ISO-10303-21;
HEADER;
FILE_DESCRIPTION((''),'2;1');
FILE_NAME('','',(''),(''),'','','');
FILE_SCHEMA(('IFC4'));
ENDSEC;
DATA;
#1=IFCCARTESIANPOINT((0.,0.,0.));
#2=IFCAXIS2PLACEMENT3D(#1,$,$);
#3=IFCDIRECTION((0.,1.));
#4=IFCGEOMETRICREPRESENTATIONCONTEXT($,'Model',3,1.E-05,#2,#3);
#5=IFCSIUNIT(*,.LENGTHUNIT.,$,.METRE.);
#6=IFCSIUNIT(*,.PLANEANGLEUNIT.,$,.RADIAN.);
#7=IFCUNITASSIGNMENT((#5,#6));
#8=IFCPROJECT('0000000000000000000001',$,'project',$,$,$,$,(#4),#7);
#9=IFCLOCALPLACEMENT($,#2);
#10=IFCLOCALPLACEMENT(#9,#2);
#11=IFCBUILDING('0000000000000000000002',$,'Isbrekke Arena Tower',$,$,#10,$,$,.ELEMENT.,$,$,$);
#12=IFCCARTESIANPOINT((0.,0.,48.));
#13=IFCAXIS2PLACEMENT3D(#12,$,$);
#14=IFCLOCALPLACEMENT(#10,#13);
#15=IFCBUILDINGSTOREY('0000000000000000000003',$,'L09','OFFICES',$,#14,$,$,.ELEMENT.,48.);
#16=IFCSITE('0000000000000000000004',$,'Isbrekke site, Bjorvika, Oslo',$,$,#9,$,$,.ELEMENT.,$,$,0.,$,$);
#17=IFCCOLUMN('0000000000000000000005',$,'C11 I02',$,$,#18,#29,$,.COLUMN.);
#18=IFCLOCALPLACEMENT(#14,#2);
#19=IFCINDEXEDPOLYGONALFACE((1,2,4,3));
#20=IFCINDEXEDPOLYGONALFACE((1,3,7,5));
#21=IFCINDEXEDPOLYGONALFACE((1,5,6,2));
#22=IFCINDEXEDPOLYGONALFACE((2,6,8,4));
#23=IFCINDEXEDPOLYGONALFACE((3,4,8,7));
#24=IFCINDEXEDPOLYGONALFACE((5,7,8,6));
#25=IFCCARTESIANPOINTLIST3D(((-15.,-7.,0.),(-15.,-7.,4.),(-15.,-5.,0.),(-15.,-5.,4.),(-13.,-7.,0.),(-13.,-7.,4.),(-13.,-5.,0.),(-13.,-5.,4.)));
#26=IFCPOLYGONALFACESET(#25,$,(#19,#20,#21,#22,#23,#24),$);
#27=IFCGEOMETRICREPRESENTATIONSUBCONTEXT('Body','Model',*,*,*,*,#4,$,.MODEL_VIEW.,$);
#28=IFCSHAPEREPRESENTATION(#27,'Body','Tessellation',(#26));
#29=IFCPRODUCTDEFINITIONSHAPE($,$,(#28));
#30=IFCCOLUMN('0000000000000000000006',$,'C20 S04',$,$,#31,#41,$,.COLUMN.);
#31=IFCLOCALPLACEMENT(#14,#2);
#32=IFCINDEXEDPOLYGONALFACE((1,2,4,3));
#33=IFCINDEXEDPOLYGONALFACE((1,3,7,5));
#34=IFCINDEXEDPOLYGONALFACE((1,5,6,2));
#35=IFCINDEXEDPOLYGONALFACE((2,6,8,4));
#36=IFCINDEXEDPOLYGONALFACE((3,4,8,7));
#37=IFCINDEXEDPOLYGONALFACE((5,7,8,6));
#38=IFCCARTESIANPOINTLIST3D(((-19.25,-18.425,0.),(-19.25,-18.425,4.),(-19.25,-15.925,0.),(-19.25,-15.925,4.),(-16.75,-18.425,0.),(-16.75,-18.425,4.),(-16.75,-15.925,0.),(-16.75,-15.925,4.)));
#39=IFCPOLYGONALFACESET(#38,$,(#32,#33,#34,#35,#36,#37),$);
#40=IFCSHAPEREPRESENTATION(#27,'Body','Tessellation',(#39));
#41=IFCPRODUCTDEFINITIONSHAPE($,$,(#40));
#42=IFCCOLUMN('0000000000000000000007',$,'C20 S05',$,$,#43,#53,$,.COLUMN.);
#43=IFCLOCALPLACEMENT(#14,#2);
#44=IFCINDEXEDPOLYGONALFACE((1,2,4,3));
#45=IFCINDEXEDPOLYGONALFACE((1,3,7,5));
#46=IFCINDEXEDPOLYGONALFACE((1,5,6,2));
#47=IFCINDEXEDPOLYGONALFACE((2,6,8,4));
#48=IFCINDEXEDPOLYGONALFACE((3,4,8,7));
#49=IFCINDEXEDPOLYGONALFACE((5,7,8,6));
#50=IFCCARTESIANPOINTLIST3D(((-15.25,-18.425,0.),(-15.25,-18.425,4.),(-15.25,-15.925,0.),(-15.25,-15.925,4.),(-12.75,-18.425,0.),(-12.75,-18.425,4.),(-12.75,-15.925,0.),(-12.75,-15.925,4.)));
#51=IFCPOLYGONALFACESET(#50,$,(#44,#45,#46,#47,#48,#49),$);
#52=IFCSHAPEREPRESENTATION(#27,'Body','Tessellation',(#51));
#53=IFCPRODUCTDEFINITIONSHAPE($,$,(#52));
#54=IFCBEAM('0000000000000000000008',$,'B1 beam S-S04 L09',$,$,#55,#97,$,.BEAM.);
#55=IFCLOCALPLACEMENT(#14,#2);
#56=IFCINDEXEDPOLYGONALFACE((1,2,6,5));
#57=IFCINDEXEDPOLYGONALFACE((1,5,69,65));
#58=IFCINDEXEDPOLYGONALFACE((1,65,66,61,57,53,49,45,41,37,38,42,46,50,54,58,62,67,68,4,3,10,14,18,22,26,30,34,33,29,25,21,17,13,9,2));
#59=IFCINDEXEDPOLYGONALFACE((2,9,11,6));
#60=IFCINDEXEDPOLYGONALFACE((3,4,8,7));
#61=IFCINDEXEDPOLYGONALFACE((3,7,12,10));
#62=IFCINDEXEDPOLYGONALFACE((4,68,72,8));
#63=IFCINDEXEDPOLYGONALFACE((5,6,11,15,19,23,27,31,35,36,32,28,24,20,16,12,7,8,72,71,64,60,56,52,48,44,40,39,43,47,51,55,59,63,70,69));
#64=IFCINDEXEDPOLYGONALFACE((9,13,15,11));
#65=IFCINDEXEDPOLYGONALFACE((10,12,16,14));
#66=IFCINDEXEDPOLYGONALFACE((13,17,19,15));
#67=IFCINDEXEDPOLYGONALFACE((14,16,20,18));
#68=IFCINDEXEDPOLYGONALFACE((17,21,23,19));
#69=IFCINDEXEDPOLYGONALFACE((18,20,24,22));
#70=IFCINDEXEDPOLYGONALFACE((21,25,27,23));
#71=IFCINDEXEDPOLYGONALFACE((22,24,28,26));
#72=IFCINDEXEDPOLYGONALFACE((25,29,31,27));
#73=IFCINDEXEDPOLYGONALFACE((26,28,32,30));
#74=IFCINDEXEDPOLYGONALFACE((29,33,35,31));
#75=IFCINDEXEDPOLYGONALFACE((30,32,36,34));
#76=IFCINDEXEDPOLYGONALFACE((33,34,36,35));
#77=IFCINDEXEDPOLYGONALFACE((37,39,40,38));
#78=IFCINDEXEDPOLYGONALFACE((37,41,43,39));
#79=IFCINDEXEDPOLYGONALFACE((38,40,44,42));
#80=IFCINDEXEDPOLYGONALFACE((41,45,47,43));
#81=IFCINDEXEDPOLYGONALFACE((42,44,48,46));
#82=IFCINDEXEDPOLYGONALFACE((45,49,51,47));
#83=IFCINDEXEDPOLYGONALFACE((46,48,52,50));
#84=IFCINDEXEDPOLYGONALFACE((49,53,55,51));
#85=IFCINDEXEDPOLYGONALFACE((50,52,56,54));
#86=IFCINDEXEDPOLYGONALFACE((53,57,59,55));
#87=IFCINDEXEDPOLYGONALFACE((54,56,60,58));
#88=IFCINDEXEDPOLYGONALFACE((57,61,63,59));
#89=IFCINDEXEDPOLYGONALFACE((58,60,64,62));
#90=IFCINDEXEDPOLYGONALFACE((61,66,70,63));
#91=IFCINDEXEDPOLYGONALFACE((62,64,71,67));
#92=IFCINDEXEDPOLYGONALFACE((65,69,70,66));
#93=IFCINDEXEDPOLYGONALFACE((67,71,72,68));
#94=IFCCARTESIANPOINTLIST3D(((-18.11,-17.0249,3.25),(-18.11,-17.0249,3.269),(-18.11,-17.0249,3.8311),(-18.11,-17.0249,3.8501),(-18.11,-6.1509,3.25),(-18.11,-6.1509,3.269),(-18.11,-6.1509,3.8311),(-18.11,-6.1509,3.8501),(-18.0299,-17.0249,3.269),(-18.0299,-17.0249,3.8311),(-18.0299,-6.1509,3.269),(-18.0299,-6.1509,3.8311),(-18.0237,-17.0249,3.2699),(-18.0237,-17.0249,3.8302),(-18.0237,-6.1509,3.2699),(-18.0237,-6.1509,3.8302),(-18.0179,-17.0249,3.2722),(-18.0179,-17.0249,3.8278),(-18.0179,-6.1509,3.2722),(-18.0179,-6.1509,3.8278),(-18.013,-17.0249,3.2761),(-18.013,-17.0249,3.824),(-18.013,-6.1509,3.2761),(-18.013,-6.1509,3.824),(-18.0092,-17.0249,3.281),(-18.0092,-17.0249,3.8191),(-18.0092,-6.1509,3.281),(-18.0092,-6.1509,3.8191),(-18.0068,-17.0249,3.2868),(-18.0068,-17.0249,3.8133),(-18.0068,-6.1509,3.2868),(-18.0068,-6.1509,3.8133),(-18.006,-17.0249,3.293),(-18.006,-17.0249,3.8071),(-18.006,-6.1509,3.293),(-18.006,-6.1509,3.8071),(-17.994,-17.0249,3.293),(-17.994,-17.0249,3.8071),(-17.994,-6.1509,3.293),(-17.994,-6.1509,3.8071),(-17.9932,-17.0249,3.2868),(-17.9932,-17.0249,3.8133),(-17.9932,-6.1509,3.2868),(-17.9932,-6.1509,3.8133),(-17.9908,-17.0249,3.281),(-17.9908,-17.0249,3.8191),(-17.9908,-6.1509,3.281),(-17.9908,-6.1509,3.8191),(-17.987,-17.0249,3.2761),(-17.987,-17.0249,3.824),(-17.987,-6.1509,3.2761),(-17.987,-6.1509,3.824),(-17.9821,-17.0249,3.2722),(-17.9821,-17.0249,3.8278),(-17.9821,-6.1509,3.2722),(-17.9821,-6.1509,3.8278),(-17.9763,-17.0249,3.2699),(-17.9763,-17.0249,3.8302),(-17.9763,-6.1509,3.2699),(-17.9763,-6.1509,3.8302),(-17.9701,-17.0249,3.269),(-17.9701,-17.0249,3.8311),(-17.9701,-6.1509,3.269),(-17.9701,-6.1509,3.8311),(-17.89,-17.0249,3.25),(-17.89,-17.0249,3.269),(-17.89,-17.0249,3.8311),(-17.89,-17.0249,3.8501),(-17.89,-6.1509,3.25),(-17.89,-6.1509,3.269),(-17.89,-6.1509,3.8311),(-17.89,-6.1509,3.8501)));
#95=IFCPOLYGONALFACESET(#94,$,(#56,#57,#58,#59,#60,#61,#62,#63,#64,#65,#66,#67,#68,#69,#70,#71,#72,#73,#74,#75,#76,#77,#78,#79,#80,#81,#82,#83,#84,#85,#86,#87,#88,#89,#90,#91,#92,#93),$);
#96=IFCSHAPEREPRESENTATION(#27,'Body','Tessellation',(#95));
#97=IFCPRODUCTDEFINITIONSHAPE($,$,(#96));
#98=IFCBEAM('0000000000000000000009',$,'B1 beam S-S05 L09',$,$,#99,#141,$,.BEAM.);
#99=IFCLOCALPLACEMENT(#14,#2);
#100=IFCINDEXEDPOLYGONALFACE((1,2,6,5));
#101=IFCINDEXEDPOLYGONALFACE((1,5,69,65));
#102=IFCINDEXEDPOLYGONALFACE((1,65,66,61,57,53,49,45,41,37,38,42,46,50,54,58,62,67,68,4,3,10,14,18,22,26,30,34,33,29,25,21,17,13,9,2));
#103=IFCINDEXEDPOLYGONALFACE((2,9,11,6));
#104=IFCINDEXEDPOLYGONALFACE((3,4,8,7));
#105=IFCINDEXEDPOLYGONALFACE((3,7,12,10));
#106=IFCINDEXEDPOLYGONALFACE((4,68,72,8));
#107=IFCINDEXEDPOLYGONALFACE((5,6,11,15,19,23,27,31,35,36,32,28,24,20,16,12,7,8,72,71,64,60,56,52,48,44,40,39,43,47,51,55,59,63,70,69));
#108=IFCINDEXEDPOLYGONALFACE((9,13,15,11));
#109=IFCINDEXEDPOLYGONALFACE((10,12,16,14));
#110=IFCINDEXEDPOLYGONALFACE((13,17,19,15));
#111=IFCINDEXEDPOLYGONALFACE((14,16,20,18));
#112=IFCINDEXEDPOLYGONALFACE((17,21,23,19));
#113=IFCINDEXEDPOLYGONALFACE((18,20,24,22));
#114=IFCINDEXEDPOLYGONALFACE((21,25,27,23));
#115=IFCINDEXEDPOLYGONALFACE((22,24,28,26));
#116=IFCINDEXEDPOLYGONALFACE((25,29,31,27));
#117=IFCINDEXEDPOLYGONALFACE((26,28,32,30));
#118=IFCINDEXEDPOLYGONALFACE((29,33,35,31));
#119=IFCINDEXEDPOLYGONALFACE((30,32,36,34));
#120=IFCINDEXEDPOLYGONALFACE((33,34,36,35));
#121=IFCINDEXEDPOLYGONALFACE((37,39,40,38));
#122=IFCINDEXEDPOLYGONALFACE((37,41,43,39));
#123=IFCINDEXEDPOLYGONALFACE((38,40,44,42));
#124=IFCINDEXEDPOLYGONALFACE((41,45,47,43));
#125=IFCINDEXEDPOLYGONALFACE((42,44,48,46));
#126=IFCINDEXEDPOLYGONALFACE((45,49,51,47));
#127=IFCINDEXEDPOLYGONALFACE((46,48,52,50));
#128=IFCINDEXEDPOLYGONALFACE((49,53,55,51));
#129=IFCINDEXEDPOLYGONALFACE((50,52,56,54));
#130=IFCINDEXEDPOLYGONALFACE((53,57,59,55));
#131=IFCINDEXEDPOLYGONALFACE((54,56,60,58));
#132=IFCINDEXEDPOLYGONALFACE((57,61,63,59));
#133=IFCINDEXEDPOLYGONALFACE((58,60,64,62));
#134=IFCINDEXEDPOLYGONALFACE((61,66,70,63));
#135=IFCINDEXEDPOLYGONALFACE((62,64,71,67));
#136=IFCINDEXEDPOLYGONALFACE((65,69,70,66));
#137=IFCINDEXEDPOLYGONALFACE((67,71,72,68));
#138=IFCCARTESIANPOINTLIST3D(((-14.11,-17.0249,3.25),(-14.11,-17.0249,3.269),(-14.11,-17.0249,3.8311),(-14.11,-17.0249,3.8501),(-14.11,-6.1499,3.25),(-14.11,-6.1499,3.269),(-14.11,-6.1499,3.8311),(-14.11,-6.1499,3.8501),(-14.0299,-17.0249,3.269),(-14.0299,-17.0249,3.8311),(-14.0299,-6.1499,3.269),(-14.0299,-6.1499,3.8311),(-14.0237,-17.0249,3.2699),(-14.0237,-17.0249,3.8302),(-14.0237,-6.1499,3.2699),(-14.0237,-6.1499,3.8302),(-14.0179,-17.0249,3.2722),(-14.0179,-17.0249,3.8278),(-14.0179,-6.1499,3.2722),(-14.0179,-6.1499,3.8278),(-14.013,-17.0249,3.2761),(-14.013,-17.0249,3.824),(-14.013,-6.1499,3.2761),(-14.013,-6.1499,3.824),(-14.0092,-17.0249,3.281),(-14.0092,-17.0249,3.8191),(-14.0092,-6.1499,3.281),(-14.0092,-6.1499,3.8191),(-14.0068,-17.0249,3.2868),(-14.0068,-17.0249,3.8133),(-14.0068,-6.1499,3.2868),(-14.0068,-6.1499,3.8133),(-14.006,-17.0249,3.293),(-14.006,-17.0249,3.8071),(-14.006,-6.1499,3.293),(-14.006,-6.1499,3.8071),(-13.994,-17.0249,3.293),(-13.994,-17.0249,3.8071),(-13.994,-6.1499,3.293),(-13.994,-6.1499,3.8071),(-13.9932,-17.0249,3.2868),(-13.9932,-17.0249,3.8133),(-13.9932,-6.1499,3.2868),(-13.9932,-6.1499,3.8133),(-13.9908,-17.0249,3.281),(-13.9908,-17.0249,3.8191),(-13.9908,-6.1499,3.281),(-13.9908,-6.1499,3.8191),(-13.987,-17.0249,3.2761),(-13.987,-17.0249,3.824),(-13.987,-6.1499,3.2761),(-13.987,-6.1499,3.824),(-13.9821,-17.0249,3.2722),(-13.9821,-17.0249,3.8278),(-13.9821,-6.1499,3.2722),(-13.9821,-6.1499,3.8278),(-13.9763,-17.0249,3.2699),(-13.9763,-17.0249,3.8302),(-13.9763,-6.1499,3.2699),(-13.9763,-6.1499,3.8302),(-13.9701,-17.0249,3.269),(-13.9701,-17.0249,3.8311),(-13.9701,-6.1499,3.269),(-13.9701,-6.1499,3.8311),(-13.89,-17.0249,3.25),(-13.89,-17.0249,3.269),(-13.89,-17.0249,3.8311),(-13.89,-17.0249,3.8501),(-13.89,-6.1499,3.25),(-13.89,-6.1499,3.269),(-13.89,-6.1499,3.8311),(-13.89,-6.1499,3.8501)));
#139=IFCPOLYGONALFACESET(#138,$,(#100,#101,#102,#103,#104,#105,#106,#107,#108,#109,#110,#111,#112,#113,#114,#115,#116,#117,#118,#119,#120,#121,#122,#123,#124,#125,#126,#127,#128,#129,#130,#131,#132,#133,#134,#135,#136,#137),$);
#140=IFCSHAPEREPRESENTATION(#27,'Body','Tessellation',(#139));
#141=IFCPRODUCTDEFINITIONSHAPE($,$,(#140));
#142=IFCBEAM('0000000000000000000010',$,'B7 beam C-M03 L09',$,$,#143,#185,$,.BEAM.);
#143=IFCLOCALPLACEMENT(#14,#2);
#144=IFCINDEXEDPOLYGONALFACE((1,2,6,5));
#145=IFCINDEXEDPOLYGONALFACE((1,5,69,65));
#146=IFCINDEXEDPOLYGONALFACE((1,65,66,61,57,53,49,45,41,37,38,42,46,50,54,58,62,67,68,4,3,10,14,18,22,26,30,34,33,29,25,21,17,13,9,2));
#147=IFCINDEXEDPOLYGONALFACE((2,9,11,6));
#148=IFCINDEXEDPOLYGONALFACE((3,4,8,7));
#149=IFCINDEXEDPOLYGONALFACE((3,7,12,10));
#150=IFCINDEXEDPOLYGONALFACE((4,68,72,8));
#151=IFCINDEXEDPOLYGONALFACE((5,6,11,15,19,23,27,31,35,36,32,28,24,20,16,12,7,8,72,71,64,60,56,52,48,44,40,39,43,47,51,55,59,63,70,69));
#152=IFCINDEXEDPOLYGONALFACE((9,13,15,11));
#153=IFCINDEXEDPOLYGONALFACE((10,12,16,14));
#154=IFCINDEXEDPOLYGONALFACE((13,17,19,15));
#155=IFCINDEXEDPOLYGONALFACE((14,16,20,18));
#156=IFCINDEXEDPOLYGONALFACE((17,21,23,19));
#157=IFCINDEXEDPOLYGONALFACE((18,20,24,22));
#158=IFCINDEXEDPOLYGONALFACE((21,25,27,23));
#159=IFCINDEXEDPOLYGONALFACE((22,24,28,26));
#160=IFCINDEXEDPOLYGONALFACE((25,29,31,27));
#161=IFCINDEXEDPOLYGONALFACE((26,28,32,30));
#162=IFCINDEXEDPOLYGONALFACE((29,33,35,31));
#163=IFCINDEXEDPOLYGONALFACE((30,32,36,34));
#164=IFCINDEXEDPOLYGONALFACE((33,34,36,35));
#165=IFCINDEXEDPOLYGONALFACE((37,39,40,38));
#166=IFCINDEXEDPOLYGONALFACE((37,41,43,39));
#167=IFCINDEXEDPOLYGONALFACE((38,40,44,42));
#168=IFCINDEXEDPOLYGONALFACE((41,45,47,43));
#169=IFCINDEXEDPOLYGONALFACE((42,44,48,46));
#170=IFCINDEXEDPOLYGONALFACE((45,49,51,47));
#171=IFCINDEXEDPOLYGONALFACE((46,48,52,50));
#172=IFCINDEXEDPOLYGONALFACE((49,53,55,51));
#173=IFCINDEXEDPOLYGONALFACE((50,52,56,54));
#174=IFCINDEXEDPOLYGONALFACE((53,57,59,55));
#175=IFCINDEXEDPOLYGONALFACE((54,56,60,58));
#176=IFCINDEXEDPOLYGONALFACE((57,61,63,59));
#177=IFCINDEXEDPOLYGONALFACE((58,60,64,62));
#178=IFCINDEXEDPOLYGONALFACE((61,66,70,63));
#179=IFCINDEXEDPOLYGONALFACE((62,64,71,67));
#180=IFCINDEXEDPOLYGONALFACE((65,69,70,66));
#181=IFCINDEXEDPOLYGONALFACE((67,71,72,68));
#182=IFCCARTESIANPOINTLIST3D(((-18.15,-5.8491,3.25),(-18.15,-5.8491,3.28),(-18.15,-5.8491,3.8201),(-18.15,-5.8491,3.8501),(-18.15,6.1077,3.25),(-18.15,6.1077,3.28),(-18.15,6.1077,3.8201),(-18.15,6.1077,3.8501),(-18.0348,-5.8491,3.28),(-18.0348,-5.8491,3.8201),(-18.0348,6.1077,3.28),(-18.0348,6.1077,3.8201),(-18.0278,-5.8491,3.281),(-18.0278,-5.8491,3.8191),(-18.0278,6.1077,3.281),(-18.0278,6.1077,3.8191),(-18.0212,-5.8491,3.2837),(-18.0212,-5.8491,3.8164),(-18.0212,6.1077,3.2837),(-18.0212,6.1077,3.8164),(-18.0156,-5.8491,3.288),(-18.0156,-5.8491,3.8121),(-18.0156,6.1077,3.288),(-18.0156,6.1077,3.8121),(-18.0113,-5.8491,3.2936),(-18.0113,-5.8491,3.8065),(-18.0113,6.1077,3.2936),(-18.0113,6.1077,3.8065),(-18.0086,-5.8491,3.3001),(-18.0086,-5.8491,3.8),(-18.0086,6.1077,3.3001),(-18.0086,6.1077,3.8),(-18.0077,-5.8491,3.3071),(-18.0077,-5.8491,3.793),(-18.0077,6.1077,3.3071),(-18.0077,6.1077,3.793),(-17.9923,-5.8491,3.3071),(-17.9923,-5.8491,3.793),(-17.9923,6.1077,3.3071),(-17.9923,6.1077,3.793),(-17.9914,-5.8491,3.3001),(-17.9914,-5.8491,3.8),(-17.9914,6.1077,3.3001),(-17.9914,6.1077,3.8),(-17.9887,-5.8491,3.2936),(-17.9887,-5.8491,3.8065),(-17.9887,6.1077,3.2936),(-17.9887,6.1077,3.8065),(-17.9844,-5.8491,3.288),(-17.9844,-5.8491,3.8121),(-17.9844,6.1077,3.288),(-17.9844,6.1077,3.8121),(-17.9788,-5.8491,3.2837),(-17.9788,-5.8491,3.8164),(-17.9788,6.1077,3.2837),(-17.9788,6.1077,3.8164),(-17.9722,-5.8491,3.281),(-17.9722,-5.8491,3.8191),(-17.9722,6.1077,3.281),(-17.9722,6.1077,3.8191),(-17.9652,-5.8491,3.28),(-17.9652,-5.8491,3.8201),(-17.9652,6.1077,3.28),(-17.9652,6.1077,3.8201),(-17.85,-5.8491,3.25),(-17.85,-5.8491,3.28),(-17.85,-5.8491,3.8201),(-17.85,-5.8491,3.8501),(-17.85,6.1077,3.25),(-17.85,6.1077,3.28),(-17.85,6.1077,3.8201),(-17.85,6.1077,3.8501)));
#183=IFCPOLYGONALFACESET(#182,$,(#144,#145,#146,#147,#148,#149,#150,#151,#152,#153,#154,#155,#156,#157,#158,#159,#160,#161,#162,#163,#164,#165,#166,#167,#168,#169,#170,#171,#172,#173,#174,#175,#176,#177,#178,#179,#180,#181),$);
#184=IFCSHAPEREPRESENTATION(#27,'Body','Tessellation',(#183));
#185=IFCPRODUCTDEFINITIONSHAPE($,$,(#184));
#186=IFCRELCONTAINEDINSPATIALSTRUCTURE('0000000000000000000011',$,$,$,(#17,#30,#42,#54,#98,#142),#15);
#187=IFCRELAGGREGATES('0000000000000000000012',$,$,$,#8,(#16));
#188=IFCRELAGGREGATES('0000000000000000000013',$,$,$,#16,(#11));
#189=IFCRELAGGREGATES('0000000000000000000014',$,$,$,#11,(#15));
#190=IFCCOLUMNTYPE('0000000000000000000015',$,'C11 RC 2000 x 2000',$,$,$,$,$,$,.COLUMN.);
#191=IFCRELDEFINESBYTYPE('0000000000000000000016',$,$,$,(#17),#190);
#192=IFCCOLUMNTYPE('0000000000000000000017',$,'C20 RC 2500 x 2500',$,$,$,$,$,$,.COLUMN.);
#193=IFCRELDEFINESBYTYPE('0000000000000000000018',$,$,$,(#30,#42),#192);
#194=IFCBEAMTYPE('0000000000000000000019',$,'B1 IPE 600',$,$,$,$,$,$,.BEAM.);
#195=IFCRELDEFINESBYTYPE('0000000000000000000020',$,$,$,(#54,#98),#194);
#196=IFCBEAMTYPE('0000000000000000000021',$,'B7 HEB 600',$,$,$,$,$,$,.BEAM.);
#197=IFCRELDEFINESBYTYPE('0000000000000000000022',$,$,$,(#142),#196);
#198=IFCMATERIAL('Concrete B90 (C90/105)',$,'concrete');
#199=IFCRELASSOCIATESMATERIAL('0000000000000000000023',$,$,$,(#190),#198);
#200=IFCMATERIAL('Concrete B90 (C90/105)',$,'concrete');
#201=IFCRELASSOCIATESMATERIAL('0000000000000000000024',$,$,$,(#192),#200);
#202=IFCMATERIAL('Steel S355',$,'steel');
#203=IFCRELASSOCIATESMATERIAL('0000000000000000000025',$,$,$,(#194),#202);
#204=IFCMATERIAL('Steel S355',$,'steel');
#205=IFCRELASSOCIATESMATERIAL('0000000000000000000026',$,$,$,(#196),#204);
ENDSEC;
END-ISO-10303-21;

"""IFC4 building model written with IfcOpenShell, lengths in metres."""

from ifc_helpers import new_model, si_unit, direction, frame, origin, origin_2d, place, context, subcontext, project, spatial, rectangle, i_section, extrude, material, material_profile, profile_set, type_object, element, save


model = new_model("IFC4")

# Units and contexts
model_context = context("Model", 3, precision=1e-05, world=origin(), true_north=direction((0.0, 1.0)))
body_context = subcontext(model_context, "Body", "Model", "MODEL_VIEW")
ifc_project = project(units=[si_unit("LENGTHUNIT", "METRE"), si_unit("PLANEANGLEUNIT", "RADIAN")], contexts=[model_context])

# Site, building, storey
site_placement = place(None, origin())
site = spatial("IfcSite", under=ifc_project, at=site_placement, Name="Isbrekke site, Bjorvika, Oslo", CompositionType="ELEMENT", RefElevation=0.0)
building_placement = place(site_placement, origin())
building = spatial("IfcBuilding", under=site, at=building_placement, Name="Isbrekke Arena Tower", CompositionType="ELEMENT")
storey_placement = place(building_placement, frame((0.0, 0.0, 48.0)))
storey = spatial("IfcBuildingStorey", under=building, at=storey_placement, Name="L09", Description="OFFICES", CompositionType="ELEMENT", Elevation=48.0)

# Columns
ifc_material_1 = material(Name="Concrete B90 (C90/105)", Category="concrete")
ifc_material_profile_1 = material_profile(ifc_material_1, rectangle(XDim=2.0, YDim=2.0, at=origin_2d()), Name="RC 2000x2000")
ifc_profile_set_1 = profile_set([ifc_material_profile_1], Name="Concrete B90 (C90/105)")
column_type_1 = type_object("IfcColumnType", Name="C11 RC 2000 x 2000", PredefinedType="COLUMN", material=ifc_profile_set_1)
column_placement = place(storey_placement, frame((-14.0, -6.0, 0.0), z_axis=(0.0, 0.0, 1.0), x_axis=(1.0, 0.0, 0.0)))
element("IfcColumn", 1, at=column_placement, inside=storey, type_object=column_type_1, Name="C11 I02", PredefinedType="COLUMN", context=body_context, shape_type="SweptSolid", body=[
    extrude(rectangle(XDim=2.0, YDim=2.0, at=origin_2d()), origin(), (0.0, 0.0, 1.0), 4.0),
])
ifc_material_2 = material(Name="Concrete B90 (C90/105)", Category="concrete")
ifc_material_profile_2 = material_profile(ifc_material_2, rectangle(XDim=2.5, YDim=2.5, at=origin_2d()), Name="RC 2500x2500")
ifc_profile_set_2 = profile_set([ifc_material_profile_2], Name="Concrete B90 (C90/105)")
column_type_2 = type_object("IfcColumnType", Name="C20 RC 2500 x 2500", PredefinedType="COLUMN", material=ifc_profile_set_2)
for number, where, z_axis, x_axis, name in (
    (2, (-18.0, -17.175, 0.0), (0.0, 0.0, 1.0), (1.0, 0.0, 0.0), "C20 S04"),
    (3, (-14.0, -17.175, 0.0), (0.0, 0.0, 1.0), (1.0, 0.0, 0.0), "C20 S05"),
):
    element("IfcColumn", number, at=place(storey_placement, frame(where, z_axis=z_axis, x_axis=x_axis)), inside=storey, type_object=column_type_2, Name=name, PredefinedType="COLUMN", context=body_context, shape_type="SweptSolid", body=[
        extrude(rectangle(XDim=2.5, YDim=2.5, at=origin_2d()), origin(), (0.0, 0.0, 1.0), 4.0),
    ])

# Beams
ifc_material_3 = material(Name="Steel S355", Category="steel")
ifc_material_profile_3 = material_profile(ifc_material_3, i_section(OverallWidth=0.22, OverallDepth=0.6001, WebThickness=0.012, FlangeThickness=0.019, FilletRadius=0.0239, at=origin_2d()), Name="IPE 600")
ifc_profile_set_3 = profile_set([ifc_material_profile_3], Name="Steel S355")
beam_type_1 = type_object("IfcBeamType", Name="B1 IPE 600", PredefinedType="BEAM", material=ifc_profile_set_3)
beam_1_placement = place(storey_placement, frame((-18.0, -17.0249, 3.55), z_axis=(0.0, 1.0, 0.0), x_axis=(-1.0, 0.0, 0.0)))
element("IfcBeam", 4, at=beam_1_placement, inside=storey, type_object=beam_type_1, Name="B1 beam S-S04 L09", PredefinedType="BEAM", context=body_context, shape_type="SweptSolid", body=[
    extrude(i_section(OverallWidth=0.22, OverallDepth=0.6001, WebThickness=0.012, FlangeThickness=0.019, FilletRadius=0.0239, at=origin_2d()), origin(), (0.0, 0.0, 1.0), 10.874),
])
beam_2_placement = place(storey_placement, frame((-14.0, -17.0249, 3.55), z_axis=(0.0, 1.0, 0.0), x_axis=(-1.0, 0.0, 0.0)))
element("IfcBeam", 5, at=beam_2_placement, inside=storey, type_object=beam_type_1, Name="B1 beam S-S05 L09", PredefinedType="BEAM", context=body_context, shape_type="SweptSolid", body=[
    extrude(i_section(OverallWidth=0.22, OverallDepth=0.6001, WebThickness=0.012, FlangeThickness=0.019, FilletRadius=0.0239, at=origin_2d()), origin(), (0.0, 0.0, 1.0), 10.875),
])
ifc_material_4 = material(Name="Steel S355", Category="steel")
ifc_material_profile_4 = material_profile(ifc_material_4, i_section(OverallWidth=0.3, OverallDepth=0.6001, WebThickness=0.0154, FlangeThickness=0.03, FilletRadius=0.0271, at=origin_2d()), Name="HEB 600")
ifc_profile_set_4 = profile_set([ifc_material_profile_4], Name="Steel S355")
beam_type_2 = type_object("IfcBeamType", Name="B7 HEB 600", PredefinedType="BEAM", material=ifc_profile_set_4)
beam_3_placement = place(storey_placement, frame((-18.0, -5.8491, 3.55), z_axis=(0.0, 1.0, 0.0), x_axis=(-1.0, 0.0, 0.0)))
element("IfcBeam", 6, at=beam_3_placement, inside=storey, type_object=beam_type_2, Name="B7 beam C-M03 L09", PredefinedType="BEAM", context=body_context, shape_type="SweptSolid", body=[
    extrude(i_section(OverallWidth=0.3, OverallDepth=0.6001, WebThickness=0.0154, FlangeThickness=0.03, FilletRadius=0.0271, at=origin_2d()), origin(), (0.0, 0.0, 1.0), 11.9568),
])

save(model, "model.ifc")
